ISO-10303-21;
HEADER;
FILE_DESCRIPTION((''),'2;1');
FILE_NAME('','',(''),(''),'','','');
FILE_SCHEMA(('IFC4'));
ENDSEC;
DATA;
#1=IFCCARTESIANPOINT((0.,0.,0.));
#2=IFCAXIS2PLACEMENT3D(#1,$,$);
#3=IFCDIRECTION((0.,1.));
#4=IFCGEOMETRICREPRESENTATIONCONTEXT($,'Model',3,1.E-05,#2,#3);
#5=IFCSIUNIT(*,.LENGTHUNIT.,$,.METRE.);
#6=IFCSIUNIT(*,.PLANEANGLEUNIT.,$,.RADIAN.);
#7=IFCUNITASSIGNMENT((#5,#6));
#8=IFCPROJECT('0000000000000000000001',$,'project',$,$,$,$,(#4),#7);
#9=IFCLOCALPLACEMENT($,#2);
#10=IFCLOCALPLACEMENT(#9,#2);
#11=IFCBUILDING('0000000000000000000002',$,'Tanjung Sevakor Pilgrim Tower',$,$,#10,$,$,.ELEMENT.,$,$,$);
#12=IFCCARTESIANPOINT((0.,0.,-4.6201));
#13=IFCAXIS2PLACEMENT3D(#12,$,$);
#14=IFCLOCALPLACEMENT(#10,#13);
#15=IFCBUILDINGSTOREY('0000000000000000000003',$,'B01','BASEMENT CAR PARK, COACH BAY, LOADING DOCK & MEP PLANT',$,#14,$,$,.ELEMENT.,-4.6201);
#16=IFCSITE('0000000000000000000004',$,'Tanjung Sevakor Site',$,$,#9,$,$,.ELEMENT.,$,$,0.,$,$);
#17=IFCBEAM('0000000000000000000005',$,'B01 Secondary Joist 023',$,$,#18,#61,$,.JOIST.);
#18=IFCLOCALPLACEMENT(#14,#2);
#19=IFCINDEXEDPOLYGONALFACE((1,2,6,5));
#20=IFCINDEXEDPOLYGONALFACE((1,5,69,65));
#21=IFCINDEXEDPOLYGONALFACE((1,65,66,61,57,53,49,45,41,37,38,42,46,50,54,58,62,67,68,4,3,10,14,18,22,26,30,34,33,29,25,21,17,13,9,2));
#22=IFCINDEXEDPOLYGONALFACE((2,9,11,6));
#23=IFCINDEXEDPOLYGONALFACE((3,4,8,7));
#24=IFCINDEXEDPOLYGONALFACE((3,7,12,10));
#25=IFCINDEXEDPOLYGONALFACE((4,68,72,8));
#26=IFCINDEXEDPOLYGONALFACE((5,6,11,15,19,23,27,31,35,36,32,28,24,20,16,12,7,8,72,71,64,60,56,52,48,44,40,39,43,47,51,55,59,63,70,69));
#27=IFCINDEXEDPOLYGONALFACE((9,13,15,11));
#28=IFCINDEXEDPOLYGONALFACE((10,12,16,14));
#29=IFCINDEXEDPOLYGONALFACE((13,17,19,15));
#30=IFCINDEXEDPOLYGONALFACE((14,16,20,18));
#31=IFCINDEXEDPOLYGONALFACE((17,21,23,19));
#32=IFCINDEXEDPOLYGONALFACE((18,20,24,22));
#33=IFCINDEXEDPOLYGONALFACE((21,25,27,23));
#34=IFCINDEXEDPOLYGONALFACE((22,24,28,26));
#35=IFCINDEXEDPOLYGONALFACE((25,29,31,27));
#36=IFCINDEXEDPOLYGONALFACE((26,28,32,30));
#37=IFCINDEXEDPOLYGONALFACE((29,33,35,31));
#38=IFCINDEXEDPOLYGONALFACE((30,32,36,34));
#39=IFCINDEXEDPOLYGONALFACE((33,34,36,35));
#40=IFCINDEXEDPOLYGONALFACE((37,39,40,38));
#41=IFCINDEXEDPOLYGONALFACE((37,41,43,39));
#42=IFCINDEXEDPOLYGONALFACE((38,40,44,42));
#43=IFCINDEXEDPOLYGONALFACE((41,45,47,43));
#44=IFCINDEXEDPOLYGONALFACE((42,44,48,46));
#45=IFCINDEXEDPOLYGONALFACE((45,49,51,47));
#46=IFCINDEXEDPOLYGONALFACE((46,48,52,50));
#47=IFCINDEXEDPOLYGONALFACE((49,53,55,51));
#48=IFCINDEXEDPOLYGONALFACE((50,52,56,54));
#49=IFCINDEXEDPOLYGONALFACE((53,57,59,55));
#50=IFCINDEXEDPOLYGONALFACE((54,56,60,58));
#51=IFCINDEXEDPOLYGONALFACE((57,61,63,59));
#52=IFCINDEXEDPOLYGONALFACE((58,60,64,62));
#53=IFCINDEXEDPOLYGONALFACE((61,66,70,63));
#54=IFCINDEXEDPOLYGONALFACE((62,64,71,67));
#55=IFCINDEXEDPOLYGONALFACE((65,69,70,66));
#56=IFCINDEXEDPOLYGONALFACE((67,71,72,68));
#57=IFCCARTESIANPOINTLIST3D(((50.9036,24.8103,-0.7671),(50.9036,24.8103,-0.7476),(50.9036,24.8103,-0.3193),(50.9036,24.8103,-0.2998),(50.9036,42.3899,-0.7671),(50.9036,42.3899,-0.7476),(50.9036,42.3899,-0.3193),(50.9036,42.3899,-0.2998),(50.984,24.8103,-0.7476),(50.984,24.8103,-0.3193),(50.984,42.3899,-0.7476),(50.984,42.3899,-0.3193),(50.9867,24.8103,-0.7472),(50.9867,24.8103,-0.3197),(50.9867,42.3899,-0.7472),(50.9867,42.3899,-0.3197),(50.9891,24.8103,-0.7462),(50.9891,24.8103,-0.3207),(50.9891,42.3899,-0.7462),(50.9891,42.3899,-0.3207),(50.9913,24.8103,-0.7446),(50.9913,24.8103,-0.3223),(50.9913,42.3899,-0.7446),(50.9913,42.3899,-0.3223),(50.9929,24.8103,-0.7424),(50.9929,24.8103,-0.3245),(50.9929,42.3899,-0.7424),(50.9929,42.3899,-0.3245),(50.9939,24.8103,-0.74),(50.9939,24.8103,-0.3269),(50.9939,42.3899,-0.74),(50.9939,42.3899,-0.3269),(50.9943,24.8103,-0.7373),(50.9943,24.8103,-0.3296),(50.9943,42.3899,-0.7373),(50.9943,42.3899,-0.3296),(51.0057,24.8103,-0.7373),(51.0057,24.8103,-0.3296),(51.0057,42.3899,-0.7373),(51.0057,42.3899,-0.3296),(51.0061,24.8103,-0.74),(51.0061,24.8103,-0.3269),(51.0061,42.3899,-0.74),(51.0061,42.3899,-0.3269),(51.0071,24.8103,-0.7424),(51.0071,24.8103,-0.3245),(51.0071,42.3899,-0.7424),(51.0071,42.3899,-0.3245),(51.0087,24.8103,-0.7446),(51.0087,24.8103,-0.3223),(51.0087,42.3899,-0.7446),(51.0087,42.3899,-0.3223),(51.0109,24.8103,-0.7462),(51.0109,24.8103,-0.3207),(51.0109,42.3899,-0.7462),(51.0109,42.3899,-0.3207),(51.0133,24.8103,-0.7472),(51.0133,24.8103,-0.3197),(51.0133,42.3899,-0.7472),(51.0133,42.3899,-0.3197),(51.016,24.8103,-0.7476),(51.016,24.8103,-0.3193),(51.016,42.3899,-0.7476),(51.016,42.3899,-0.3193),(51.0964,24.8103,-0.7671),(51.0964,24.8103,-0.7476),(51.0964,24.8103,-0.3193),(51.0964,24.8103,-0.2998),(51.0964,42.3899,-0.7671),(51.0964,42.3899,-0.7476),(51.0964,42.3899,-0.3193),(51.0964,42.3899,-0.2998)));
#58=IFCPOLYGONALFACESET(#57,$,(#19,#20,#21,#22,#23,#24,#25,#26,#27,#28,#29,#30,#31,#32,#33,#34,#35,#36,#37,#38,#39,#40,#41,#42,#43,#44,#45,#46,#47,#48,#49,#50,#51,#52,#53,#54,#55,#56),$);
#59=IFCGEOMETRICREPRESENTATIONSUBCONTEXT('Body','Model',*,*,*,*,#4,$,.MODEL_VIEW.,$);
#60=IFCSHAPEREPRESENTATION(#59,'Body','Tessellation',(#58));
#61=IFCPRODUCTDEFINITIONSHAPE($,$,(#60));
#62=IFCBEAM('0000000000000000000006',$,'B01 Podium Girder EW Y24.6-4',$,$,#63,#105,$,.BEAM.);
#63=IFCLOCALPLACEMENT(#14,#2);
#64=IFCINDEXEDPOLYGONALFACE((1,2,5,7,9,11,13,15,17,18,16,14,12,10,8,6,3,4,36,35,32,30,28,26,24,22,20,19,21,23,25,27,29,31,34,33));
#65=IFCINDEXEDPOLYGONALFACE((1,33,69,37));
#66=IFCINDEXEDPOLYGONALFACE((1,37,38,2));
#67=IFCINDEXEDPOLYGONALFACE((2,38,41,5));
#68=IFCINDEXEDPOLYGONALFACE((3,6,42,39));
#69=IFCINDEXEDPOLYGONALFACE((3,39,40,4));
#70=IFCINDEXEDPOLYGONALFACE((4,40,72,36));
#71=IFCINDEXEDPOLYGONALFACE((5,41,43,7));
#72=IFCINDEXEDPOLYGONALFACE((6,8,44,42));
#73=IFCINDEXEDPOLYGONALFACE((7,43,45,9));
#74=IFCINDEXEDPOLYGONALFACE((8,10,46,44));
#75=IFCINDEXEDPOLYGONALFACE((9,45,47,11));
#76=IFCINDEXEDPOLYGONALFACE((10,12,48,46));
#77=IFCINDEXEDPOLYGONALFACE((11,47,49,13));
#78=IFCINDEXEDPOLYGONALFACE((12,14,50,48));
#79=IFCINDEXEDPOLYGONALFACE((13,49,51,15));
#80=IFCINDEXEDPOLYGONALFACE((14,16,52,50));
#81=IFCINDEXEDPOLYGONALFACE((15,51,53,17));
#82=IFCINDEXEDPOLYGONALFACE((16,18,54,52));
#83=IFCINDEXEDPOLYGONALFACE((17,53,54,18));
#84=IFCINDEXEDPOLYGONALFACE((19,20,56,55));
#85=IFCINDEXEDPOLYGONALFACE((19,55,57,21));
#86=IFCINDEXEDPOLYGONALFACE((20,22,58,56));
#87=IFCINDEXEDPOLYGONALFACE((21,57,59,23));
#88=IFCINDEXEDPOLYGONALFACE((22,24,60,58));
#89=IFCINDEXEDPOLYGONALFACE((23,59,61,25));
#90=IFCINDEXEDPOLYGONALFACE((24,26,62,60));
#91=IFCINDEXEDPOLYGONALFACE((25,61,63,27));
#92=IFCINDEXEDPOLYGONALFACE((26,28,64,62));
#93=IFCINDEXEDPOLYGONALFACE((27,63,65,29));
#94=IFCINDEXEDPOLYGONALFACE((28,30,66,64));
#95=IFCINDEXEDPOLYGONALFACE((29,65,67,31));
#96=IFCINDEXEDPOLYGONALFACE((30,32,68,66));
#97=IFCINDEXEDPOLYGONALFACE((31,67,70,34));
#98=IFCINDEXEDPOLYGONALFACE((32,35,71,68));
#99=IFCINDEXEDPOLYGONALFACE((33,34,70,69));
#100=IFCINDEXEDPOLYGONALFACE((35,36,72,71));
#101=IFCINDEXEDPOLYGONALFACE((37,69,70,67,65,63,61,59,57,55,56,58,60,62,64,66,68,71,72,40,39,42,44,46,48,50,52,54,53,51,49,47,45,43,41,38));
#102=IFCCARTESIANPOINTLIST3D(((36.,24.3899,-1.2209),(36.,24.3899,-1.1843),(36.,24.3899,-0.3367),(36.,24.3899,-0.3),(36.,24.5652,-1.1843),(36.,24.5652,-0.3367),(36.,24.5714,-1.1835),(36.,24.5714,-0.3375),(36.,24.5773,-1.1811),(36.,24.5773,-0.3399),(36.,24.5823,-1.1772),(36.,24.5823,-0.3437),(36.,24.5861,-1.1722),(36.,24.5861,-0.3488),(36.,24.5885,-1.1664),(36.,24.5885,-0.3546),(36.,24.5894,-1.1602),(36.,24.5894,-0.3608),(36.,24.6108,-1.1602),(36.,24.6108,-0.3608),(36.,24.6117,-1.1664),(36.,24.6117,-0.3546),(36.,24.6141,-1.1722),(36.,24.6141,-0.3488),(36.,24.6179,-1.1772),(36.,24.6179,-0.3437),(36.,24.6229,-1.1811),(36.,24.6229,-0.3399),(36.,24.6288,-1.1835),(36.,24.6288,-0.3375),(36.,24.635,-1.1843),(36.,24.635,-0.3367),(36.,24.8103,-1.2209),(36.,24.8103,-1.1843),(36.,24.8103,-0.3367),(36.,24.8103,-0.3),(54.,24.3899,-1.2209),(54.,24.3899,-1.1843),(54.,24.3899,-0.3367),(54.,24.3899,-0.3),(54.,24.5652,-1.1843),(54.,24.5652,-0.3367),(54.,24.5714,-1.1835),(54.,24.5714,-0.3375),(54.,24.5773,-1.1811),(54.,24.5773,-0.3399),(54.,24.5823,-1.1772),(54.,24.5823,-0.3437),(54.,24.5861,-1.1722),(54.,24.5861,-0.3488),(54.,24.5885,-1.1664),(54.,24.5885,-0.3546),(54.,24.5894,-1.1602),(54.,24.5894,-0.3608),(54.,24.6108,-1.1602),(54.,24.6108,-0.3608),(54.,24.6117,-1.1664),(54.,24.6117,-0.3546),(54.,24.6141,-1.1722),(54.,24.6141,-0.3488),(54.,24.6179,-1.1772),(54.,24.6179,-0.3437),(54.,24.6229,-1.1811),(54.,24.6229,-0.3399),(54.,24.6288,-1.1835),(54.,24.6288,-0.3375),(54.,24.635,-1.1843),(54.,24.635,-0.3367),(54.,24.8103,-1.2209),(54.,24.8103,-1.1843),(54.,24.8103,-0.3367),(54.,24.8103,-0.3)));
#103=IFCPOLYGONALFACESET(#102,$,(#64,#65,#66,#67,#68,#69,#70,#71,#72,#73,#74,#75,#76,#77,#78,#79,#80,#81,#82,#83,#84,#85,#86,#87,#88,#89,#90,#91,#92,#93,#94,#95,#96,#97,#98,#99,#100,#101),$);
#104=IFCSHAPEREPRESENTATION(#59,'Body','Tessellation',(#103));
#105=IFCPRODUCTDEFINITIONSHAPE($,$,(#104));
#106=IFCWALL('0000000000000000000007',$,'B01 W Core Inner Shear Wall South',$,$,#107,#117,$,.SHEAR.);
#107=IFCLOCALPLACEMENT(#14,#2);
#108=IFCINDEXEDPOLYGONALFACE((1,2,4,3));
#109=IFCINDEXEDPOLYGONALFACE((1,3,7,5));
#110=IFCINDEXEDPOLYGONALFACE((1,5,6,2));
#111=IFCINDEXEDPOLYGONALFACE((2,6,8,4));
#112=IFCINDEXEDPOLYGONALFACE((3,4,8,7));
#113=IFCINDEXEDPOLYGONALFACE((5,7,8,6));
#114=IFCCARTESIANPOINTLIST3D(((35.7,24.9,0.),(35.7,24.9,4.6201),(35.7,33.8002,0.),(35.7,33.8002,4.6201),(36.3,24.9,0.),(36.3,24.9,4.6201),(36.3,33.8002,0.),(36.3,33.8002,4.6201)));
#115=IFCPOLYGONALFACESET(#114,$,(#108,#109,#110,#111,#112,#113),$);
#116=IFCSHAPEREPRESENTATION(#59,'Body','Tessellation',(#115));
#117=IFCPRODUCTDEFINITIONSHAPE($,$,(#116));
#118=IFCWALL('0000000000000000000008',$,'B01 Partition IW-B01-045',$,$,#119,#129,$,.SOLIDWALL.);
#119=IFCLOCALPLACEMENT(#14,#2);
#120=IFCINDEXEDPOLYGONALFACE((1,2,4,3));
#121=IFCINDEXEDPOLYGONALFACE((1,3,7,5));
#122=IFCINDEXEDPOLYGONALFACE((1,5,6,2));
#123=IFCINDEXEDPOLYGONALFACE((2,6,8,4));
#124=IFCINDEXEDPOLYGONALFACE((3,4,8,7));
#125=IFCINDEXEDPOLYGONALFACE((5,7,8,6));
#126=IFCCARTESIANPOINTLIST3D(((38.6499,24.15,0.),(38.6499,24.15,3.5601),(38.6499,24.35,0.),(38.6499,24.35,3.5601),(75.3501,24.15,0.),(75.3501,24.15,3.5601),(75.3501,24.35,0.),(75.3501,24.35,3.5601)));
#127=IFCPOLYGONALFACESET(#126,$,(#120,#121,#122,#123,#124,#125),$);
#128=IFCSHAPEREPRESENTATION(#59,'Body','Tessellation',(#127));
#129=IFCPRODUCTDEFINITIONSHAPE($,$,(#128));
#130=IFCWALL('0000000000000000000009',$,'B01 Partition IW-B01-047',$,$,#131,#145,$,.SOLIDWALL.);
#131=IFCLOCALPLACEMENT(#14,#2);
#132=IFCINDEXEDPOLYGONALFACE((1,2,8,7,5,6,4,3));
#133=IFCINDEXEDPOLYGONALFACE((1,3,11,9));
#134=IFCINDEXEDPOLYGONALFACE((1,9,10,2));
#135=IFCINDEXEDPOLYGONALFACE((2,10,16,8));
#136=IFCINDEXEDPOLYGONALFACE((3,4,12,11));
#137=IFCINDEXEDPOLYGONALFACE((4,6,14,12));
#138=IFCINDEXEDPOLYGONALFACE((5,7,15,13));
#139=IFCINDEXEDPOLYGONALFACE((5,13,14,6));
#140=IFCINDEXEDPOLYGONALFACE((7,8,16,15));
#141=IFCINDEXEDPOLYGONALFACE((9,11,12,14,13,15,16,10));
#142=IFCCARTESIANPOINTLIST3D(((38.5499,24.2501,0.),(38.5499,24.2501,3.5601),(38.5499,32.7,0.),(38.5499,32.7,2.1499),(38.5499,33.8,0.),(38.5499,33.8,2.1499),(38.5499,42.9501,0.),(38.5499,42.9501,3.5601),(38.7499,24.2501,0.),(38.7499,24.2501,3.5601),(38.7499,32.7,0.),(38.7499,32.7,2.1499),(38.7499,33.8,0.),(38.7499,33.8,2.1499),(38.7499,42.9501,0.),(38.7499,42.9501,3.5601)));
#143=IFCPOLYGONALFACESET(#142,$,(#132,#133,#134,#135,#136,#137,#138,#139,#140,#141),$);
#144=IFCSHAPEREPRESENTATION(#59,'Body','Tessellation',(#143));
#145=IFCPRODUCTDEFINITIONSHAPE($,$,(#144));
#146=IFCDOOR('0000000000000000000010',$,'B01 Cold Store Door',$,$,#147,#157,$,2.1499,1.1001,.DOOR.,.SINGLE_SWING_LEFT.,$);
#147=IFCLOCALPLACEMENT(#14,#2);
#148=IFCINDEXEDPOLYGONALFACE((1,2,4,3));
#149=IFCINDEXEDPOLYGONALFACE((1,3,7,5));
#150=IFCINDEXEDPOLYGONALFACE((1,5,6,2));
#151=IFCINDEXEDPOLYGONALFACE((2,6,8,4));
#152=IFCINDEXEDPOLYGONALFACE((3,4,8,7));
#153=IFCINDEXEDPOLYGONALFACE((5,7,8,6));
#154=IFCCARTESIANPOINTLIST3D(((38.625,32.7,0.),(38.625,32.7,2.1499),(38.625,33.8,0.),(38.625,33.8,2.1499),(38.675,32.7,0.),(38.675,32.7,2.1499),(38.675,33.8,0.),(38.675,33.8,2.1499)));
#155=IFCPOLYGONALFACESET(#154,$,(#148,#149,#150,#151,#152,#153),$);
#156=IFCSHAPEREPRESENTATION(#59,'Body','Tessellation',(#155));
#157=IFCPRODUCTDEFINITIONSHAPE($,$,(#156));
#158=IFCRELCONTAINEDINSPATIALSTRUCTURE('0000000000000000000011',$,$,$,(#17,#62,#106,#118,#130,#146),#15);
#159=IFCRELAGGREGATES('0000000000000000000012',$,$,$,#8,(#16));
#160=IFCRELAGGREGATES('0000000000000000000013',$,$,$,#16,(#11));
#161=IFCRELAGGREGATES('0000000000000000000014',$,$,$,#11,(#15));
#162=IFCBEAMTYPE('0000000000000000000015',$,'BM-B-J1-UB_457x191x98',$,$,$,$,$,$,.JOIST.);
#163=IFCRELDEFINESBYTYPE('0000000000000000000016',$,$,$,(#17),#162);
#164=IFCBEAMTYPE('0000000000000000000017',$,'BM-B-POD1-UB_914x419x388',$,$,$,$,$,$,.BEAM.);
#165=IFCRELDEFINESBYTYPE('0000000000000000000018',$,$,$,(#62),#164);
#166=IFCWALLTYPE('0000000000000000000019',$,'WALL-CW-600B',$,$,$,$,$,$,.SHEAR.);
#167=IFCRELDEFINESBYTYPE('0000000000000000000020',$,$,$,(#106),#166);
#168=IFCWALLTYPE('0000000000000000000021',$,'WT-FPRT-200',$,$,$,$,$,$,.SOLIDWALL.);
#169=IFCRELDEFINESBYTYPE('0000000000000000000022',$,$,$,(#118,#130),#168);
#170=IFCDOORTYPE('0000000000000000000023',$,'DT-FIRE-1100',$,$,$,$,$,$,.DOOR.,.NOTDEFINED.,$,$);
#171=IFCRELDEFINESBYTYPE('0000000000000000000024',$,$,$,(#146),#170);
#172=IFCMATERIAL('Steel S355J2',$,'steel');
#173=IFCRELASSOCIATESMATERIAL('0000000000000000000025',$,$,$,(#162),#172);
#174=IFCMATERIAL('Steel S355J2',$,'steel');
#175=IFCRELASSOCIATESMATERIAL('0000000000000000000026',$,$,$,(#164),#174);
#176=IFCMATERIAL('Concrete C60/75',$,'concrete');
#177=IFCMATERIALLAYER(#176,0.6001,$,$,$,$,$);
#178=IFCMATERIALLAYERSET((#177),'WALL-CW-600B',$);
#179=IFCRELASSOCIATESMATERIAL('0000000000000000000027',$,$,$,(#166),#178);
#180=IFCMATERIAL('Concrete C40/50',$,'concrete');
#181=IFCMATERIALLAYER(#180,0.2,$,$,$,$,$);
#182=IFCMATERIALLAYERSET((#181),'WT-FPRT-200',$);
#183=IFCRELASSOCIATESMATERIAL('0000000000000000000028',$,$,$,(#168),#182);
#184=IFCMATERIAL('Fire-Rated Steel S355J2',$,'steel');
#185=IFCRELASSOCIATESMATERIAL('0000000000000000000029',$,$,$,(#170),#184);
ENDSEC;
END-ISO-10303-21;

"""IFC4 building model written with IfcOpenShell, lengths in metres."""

from ifc_helpers import new_model, si_unit, direction, frame, frame_2d, origin, origin_2d, place, context, subcontext, project, spatial, rectangle, i_section, extrude, material, layer, layer_set, material_profile, profile_set, type_object, element, fill, save


model = new_model("IFC4")

# Units and contexts
model_context = context("Model", 3, precision=1e-05, world=origin(), true_north=direction((0.0, 1.0)))
body_context = subcontext(model_context, "Body", "Model", "MODEL_VIEW")
ifc_project = project(units=[si_unit("LENGTHUNIT", "METRE"), si_unit("PLANEANGLEUNIT", "RADIAN")], contexts=[model_context])

# Site, building, storey
site_placement = place(None, origin())
site = spatial("IfcSite", under=ifc_project, at=site_placement, Name="Tanjung Sevakor Site", CompositionType="ELEMENT", RefElevation=0.0)
building_placement = place(site_placement, origin())
building = spatial("IfcBuilding", under=site, at=building_placement, Name="Tanjung Sevakor Pilgrim Tower", CompositionType="ELEMENT")
storey_placement = place(building_placement, frame((0.0, 0.0, -4.6201)))
storey = spatial("IfcBuildingStorey", under=building, at=storey_placement, Name="B01", Description="BASEMENT CAR PARK, COACH BAY, LOADING DOCK & MEP PLANT", CompositionType="ELEMENT", Elevation=-4.6201)

# Beams
ifc_material_1 = material(Name="Steel S355J2", Category="steel")
ifc_material_profile_1 = material_profile(ifc_material_1, i_section(OverallWidth=0.1929, OverallDepth=0.4673, WebThickness=0.0115, FlangeThickness=0.0195, FilletRadius=0.0103, at=origin_2d()))
ifc_profile_set_1 = profile_set([ifc_material_profile_1], Name="Steel S355J2")
beam_type_1 = type_object("IfcBeamType", Name="BM-B-J1-UB_457x191x98", PredefinedType="JOIST", material=ifc_profile_set_1)
for number, where, z_axis, x_axis, name in (
    (1, (51.0, 24.8103, -0.5334), (0.0, 1.0, 0.0), (-1.0, 0.0, 0.0), "B01 Secondary Joist 023"),
):
    element("IfcBeam", number, at=place(storey_placement, frame(where, z_axis=z_axis, x_axis=x_axis)), inside=storey, type_object=beam_type_1, Name=name, PredefinedType="JOIST", context=body_context, shape_type="SweptSolid", body=[
        extrude(i_section(OverallWidth=0.1929, OverallDepth=0.4673, WebThickness=0.0115, FlangeThickness=0.0195, FilletRadius=0.0103, at=origin_2d()), origin(), (0.0, 0.0, 1.0), 17.5796),
    ])
ifc_material_2 = material(Name="Steel S355J2", Category="steel")
ifc_material_profile_2 = material_profile(ifc_material_2, i_section(OverallWidth=0.4204, OverallDepth=0.9209, WebThickness=0.0215, FlangeThickness=0.0366, FilletRadius=0.0242, at=origin_2d()))
ifc_profile_set_2 = profile_set([ifc_material_profile_2], Name="Steel S355J2")
beam_type_2 = type_object("IfcBeamType", Name="BM-B-POD1-UB_914x419x388", PredefinedType="BEAM", material=ifc_profile_set_2)
beam_1_placement = place(storey_placement, frame((36.0, 24.6001, -0.7605), z_axis=(1.0, 0.0, 0.0), x_axis=(0.0, 1.0, 0.0)))
element("IfcBeam", 2, at=beam_1_placement, inside=storey, type_object=beam_type_2, Name="B01 Podium Girder EW Y24.6-4", PredefinedType="BEAM", context=body_context, shape_type="SweptSolid", body=[
    extrude(i_section(OverallWidth=0.4204, OverallDepth=0.9209, WebThickness=0.0215, FlangeThickness=0.0366, FilletRadius=0.0242, at=origin_2d()), origin(), (0.0, 0.0, 1.0), 18.0),
])

# Walls
ifc_material_3 = material(Name="Concrete C60/75", Category="concrete")
ifc_layer_1 = layer(ifc_material_3, 0.6001)
ifc_layer_set_1 = layer_set([ifc_layer_1], Name="WALL-CW-600B")
wall_type_1 = type_object("IfcWallType", Name="WALL-CW-600B", PredefinedType="SHEAR", material=ifc_layer_set_1)
wall_1_placement = place(storey_placement, frame((36.0, 24.8999, 0.0), z_axis=(0.0, 0.0, 1.0), x_axis=(0.0, 1.0, 0.0)))
element("IfcWall", 3, at=wall_1_placement, inside=storey, type_object=wall_type_1, Name="B01 W Core Inner Shear Wall South", PredefinedType="SHEAR", context=body_context, shape_type="SweptSolid", body=[
    extrude(rectangle(XDim=8.9001, YDim=0.6001, at=frame_2d((4.4502, 0.0))), origin(), (0.0, 0.0, 1.0), 4.6201),
])
ifc_material_4 = material(Name="Concrete C40/50", Category="concrete")
ifc_layer_2 = layer(ifc_material_4, 0.2)
ifc_layer_set_2 = layer_set([ifc_layer_2], Name="WT-FPRT-200")
wall_type_2 = type_object("IfcWallType", Name="WT-FPRT-200", PredefinedType="SOLIDWALL", material=ifc_layer_set_2)
wall_2_placement = place(storey_placement, frame((38.6499, 24.25, 0.0), z_axis=(0.0, 0.0, 1.0), x_axis=(1.0, 0.0, 0.0)))
element("IfcWall", 4, at=wall_2_placement, inside=storey, type_object=wall_type_2, Name="B01 Partition IW-B01-045", PredefinedType="SOLIDWALL", context=body_context, shape_type="SweptSolid", body=[
    extrude(rectangle(XDim=36.7002, YDim=0.2, at=frame_2d((18.3501, 0.0))), origin(), (0.0, 0.0, 1.0), 3.5601),
])

# Wall, opening, door
wall_3_placement = place(storey_placement, frame((38.6499, 24.25, 0.0), z_axis=(0.0, 0.0, 1.0), x_axis=(0.0, 1.0, 0.0)))
wall_3 = element("IfcWall", 5, at=wall_3_placement, inside=storey, type_object=wall_type_2, Name="B01 Partition IW-B01-047", PredefinedType="SOLIDWALL", context=body_context, shape_type="SweptSolid", body=[
    extrude(rectangle(XDim=18.7, YDim=0.2, at=frame_2d((9.3501, 0.0))), origin(), (0.0, 0.0, 1.0), 3.5601),
])
opening_placement = place(wall_3_placement, frame((8.45, 0.0, 0.0)))
opening = element("IfcOpeningElement", 6, at=opening_placement, cuts=wall_3, PredefinedType="OPENING", context=body_context, shape_type="SweptSolid", body=[
    extrude(rectangle(XDim=1.1001, YDim=2.1499, at=frame_2d((0.55, 1.075))), frame((0.0, 0.1099, 0.0), z_axis=(0.0, -1.0, 0.0), x_axis=(1.0, 0.0, 0.0)), (0.0, 0.0, 1.0), 0.22),
])
ifc_material_5 = material(Name="Fire-Rated Steel S355J2", Category="steel")
door_type = type_object("IfcDoorType", Name="DT-FIRE-1100", OperationType="NOTDEFINED", PredefinedType="DOOR", material=ifc_material_5)
door_placement = place(opening_placement, origin())
door = element("IfcDoor", 7, at=door_placement, inside=storey, type_object=door_type, Name="B01 Cold Store Door", OperationType="SINGLE_SWING_LEFT", OverallHeight=2.1499, OverallWidth=1.1001, PredefinedType="DOOR", context=body_context, shape_type="SweptSolid", body=[
    extrude(rectangle(XDim=1.1001, YDim=2.1499, at=frame_2d((0.55, 1.075))), frame((0.0, 0.0249, 0.0), z_axis=(0.0, -1.0, 0.0), x_axis=(1.0, 0.0, 0.0)), (0.0, 0.0, 1.0), 0.05),
])
fill(opening, door)

save(model, "model.ifc")
